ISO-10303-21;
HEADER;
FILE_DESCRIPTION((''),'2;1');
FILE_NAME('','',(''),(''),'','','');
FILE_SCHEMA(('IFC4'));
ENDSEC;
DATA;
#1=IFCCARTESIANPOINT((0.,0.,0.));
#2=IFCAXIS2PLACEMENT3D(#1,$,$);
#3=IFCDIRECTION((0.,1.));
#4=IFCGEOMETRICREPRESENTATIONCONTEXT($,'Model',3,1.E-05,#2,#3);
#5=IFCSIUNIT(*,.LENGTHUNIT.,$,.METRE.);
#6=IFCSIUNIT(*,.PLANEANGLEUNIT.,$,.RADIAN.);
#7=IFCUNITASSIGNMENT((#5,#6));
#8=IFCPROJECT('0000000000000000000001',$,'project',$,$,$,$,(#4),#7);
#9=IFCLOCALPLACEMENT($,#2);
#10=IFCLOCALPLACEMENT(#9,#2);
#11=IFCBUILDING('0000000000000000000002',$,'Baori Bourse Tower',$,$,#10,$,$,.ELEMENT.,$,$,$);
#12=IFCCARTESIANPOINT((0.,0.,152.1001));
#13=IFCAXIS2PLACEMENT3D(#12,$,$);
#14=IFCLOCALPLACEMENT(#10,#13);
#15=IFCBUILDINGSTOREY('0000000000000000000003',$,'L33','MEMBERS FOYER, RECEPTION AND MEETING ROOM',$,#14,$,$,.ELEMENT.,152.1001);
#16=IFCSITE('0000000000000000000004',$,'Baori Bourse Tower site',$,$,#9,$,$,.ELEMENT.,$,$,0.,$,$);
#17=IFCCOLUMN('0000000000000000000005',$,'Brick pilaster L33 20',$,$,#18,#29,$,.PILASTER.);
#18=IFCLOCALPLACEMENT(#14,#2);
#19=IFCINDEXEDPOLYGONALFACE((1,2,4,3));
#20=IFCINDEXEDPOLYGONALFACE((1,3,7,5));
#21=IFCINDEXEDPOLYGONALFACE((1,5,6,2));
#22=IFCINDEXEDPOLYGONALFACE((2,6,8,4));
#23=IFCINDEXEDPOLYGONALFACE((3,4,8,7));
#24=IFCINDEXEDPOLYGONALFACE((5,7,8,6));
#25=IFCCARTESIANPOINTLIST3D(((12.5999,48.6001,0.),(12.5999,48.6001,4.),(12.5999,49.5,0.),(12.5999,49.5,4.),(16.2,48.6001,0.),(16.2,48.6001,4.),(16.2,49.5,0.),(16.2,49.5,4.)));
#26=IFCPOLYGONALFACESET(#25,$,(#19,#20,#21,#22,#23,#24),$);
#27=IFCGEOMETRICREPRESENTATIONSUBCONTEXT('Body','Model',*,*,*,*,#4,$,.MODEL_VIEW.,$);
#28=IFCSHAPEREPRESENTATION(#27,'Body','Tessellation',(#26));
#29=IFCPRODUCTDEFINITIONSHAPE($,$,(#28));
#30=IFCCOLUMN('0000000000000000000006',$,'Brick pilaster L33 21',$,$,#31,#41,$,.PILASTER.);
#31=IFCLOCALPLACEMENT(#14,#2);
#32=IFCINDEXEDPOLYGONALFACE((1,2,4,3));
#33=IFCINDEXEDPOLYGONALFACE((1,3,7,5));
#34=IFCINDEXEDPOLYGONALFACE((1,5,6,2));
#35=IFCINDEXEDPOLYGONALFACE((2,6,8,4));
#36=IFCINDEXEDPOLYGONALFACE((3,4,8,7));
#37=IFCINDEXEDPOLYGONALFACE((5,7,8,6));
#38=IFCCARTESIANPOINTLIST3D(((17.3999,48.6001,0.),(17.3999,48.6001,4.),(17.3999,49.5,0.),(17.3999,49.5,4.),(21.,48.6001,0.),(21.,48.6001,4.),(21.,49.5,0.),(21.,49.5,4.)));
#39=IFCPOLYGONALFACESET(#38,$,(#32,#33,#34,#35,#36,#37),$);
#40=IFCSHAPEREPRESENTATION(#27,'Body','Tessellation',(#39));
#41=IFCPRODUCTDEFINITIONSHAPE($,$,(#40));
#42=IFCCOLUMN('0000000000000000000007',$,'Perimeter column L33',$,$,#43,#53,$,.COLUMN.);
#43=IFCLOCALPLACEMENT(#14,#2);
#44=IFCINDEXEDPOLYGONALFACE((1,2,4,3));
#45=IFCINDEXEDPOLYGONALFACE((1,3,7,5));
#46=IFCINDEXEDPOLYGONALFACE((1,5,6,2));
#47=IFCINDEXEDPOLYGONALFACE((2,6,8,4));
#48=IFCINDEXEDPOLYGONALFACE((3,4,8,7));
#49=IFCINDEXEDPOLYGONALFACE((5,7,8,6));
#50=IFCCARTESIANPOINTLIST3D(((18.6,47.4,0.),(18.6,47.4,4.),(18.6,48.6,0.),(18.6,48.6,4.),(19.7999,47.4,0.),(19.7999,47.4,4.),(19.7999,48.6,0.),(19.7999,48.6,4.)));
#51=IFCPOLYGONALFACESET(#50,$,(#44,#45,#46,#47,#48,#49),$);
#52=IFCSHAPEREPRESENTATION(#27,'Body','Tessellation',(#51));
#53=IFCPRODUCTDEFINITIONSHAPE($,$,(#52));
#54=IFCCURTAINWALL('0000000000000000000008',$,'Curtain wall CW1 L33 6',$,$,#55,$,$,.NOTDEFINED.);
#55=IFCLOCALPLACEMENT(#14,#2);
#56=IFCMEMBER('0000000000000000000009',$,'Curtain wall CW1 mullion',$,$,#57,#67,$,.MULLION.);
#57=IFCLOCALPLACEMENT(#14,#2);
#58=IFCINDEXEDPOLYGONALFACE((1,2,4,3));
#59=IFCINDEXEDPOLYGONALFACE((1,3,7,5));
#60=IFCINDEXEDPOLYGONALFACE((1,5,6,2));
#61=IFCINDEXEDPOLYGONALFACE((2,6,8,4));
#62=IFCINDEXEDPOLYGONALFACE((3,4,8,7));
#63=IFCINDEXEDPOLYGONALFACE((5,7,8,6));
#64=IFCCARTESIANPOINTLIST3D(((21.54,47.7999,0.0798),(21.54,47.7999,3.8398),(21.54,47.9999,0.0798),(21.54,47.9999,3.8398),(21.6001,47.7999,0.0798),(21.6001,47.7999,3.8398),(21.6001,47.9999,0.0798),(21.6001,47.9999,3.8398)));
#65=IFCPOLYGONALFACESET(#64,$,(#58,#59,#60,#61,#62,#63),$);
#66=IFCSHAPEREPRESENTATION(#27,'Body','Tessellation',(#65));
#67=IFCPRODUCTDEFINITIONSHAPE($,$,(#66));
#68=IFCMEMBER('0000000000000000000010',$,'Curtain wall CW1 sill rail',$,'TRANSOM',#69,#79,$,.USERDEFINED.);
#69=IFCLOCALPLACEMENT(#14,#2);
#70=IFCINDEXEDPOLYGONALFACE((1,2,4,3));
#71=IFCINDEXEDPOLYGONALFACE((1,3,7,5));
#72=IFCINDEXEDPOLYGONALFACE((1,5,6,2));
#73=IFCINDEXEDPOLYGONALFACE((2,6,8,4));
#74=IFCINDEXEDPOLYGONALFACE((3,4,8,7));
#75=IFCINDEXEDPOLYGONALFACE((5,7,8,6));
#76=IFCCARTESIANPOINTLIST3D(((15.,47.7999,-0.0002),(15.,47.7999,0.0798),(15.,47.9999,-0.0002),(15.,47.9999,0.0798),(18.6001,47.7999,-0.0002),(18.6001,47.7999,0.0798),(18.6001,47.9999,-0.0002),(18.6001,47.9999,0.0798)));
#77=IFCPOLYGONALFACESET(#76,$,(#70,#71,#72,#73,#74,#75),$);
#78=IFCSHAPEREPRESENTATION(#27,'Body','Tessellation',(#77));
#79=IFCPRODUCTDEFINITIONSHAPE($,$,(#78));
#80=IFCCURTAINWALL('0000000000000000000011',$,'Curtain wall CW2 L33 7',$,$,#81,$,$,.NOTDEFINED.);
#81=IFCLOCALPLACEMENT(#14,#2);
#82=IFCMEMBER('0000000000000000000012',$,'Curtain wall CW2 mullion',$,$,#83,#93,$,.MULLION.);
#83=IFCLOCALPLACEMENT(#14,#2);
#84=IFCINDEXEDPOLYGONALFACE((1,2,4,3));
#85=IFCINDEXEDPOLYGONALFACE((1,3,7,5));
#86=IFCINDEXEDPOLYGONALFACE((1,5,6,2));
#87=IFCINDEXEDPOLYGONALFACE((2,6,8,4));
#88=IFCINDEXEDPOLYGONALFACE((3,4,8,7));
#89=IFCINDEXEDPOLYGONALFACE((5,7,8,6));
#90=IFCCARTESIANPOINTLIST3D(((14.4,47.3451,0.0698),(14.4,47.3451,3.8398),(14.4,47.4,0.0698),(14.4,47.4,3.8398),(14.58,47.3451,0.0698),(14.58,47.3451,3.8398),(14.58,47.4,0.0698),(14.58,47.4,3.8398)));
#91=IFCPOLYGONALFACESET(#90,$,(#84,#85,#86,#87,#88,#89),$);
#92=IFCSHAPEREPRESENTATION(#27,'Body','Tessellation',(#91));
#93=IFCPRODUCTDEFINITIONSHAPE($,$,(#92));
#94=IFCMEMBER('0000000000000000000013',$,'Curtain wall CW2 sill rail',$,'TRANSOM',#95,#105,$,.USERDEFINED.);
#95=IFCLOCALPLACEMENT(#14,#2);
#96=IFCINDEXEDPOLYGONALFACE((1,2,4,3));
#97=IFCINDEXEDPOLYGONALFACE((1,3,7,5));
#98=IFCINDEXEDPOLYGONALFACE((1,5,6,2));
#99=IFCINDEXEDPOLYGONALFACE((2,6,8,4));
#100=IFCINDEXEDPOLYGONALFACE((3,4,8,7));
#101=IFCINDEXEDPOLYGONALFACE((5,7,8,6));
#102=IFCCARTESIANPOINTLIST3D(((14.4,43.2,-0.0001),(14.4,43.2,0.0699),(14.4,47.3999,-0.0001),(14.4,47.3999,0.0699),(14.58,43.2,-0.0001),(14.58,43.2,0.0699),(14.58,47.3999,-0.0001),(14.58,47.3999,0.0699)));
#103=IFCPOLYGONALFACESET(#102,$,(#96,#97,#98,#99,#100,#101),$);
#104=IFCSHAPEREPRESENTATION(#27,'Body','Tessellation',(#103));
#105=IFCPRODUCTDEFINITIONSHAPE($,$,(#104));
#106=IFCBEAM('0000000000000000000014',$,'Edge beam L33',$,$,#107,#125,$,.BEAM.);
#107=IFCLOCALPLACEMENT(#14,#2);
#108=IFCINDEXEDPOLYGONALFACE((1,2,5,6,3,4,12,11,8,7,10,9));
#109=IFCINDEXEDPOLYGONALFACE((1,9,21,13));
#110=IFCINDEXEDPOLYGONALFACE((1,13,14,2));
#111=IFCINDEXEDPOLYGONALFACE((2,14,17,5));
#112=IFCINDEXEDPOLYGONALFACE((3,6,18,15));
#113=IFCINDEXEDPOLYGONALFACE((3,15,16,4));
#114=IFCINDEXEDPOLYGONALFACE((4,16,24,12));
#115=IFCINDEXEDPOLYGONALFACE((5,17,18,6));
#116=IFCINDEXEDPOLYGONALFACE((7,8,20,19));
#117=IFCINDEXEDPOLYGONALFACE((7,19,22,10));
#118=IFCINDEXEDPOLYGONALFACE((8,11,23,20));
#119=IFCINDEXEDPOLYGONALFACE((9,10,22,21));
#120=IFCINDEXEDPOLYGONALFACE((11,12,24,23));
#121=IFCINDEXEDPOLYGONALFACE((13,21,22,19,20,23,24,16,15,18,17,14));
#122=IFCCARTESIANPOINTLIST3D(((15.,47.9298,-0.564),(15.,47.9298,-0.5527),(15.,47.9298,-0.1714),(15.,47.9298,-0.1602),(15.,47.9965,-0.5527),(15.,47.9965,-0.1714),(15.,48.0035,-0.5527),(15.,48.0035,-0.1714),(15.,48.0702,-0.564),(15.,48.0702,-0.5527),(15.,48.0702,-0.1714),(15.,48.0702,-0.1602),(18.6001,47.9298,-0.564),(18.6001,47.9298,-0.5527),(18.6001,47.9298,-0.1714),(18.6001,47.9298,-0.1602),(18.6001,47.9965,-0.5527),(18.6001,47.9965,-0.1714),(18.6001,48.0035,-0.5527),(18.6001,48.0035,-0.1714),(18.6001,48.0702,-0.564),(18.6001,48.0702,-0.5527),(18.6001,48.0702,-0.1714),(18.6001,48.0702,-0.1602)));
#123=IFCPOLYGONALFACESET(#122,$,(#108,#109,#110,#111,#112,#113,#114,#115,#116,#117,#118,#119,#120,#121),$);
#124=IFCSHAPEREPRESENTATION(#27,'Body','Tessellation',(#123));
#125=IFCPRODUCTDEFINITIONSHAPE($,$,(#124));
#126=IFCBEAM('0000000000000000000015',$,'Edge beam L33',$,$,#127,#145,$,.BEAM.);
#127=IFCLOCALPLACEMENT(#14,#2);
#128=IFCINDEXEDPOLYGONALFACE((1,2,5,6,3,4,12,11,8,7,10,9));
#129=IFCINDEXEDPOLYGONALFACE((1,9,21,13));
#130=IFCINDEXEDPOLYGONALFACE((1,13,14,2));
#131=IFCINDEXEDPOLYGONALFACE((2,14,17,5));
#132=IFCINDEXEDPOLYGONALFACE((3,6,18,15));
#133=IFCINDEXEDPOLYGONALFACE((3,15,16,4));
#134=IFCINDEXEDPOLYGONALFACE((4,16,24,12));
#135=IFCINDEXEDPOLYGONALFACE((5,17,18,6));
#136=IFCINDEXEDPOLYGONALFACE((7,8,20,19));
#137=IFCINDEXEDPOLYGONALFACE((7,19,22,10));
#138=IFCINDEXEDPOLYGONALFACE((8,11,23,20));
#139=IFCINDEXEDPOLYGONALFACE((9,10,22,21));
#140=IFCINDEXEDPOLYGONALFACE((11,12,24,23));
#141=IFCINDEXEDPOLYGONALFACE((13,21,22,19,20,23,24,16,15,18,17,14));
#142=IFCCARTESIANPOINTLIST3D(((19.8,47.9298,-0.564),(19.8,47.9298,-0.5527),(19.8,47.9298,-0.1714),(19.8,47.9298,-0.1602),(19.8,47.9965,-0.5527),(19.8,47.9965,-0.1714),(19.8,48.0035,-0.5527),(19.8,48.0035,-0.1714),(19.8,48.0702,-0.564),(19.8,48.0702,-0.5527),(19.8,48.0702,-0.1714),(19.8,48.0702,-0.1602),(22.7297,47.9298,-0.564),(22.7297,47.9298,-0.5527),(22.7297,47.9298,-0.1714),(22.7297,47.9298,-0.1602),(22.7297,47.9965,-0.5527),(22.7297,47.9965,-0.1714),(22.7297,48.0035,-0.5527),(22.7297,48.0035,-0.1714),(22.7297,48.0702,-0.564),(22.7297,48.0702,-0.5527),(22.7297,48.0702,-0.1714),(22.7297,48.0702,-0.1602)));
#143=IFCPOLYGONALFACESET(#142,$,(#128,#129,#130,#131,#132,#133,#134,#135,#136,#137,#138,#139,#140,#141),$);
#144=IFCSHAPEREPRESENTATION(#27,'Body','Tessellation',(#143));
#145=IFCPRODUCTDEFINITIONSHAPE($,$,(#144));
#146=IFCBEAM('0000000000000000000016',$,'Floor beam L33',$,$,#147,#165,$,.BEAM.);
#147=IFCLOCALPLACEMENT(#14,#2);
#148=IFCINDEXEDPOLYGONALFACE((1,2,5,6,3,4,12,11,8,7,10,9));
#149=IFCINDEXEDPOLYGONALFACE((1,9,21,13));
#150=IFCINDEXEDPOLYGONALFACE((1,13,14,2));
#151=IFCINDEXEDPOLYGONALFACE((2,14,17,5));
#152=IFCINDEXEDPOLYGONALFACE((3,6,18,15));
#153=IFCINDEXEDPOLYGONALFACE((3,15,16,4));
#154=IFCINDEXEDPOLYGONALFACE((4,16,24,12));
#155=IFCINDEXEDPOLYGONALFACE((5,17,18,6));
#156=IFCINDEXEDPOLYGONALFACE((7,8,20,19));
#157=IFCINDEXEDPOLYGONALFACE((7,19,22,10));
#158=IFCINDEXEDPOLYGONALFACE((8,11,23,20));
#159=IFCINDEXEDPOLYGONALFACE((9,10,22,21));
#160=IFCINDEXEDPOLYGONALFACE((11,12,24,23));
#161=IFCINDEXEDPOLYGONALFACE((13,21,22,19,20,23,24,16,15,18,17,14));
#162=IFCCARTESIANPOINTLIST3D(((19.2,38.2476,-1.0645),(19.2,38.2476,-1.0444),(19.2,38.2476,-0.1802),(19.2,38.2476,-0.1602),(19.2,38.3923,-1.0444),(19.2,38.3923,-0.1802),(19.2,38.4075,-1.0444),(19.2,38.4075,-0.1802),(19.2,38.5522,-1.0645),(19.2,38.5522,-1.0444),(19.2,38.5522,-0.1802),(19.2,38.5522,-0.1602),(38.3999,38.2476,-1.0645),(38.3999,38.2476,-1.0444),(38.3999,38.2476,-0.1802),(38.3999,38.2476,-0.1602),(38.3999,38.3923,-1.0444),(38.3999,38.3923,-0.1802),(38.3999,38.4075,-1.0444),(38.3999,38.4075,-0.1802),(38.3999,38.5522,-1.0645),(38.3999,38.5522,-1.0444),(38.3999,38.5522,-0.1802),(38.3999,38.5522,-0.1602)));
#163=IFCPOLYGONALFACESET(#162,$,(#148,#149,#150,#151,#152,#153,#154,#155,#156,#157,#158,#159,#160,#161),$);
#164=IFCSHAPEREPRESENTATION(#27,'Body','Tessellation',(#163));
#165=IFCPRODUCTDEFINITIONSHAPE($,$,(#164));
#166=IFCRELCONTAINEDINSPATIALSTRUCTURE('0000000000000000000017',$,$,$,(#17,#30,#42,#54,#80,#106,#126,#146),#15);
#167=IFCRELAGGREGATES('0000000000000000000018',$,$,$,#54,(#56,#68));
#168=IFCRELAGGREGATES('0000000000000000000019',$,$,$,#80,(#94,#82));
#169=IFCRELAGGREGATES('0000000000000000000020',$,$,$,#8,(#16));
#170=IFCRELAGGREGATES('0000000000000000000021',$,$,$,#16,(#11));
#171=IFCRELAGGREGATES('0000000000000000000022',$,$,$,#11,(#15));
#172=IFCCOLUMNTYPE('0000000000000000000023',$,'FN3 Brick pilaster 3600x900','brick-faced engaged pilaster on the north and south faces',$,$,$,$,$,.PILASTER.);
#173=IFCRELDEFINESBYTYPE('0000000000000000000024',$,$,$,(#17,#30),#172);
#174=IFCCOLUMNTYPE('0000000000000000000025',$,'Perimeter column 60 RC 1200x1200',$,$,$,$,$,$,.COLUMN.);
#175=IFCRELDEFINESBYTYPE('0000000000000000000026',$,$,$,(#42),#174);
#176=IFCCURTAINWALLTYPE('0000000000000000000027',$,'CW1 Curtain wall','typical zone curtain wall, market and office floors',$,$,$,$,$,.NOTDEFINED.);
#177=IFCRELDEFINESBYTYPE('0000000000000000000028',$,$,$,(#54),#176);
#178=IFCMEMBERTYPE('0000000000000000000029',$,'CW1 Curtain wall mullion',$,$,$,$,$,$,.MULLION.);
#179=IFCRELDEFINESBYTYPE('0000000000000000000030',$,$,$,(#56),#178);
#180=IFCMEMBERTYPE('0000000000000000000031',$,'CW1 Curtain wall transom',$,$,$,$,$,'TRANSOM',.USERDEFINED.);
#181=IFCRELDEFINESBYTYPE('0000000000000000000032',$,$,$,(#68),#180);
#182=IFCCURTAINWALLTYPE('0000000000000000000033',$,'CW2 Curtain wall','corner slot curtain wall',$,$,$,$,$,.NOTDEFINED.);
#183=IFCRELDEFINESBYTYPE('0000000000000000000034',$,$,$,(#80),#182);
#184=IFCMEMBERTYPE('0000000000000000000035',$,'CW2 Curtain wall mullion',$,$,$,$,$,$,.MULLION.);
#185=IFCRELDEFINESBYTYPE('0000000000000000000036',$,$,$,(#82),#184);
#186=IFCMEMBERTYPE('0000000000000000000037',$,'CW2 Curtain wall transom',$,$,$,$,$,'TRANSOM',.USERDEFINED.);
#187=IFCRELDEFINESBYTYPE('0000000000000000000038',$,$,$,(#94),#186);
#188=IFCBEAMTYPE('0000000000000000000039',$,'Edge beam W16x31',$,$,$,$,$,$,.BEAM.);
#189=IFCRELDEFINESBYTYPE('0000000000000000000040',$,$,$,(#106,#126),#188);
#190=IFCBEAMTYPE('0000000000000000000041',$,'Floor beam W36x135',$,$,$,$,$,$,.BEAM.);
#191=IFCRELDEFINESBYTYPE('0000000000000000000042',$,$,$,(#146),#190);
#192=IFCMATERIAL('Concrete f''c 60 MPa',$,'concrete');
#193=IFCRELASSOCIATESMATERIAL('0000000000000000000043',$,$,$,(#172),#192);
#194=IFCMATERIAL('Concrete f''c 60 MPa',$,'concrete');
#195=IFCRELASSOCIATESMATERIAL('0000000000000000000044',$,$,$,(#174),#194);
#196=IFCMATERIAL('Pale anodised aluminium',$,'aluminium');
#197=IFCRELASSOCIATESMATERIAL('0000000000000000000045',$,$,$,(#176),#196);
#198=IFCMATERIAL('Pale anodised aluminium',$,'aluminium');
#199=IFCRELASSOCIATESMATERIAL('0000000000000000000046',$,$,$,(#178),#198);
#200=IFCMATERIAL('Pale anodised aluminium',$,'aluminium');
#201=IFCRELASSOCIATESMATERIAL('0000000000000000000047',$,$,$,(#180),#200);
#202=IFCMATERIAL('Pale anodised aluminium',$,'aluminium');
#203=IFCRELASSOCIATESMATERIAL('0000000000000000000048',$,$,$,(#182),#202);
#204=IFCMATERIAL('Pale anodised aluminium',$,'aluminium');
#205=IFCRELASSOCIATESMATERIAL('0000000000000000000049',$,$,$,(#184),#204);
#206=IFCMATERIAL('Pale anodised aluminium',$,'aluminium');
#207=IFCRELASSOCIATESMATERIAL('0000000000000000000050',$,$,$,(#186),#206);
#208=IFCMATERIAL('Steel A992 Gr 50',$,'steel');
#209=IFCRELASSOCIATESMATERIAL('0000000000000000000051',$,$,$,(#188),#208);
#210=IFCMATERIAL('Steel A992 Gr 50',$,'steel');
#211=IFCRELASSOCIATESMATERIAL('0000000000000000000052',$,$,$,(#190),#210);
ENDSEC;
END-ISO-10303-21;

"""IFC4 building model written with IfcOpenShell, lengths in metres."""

from ifc_helpers import new_model, si_unit, direction, frame, origin, origin_2d, place, context, subcontext, project, spatial, rectangle, i_section, extrude, material, material_profile, profile_set, type_object, element, aggregate, save


model = new_model("IFC4")

# Units and contexts
model_context = context("Model", 3, precision=1e-05, world=origin(), true_north=direction((0.0, 1.0)))
body_context = subcontext(model_context, "Body", "Model", "MODEL_VIEW")
ifc_project = project(units=[si_unit("LENGTHUNIT", "METRE"), si_unit("PLANEANGLEUNIT", "RADIAN")], contexts=[model_context])

# Site, building, storey
site_placement = place(None, origin())
site = spatial("IfcSite", under=ifc_project, at=site_placement, Name="Baori Bourse Tower site", CompositionType="ELEMENT", RefElevation=0.0)
building_placement = place(site_placement, origin())
building = spatial("IfcBuilding", under=site, at=building_placement, Name="Baori Bourse Tower", CompositionType="ELEMENT")
storey_placement = place(building_placement, frame((0.0, 0.0, 152.1001)))
storey = spatial("IfcBuildingStorey", under=building, at=storey_placement, Name="L33", Description="MEMBERS FOYER, RECEPTION AND MEETING ROOM", CompositionType="ELEMENT", Elevation=152.1001)

# Columns
ifc_material_1 = material(Name="Concrete f'c 60 MPa", Category="concrete")
ifc_material_profile_1 = material_profile(ifc_material_1, rectangle(XDim=3.6001, YDim=0.8999, at=origin_2d()), Name="RC 3600x900")
ifc_profile_set_1 = profile_set([ifc_material_profile_1], Name="Concrete f'c 60 MPa")
column_type_1 = type_object("IfcColumnType", Name="FN3 Brick pilaster 3600x900", Description="brick-faced engaged pilaster on the north and south faces", PredefinedType="PILASTER", material=ifc_profile_set_1)
for number, where, z_axis, x_axis, name in (
    (1, (14.3999, 49.05, 0.0), (0.0, 0.0, 1.0), (1.0, 0.0, 0.0), "Brick pilaster L33 20"),
    (2, (19.2, 49.05, 0.0), (0.0, 0.0, 1.0), (1.0, 0.0, 0.0), "Brick pilaster L33 21"),
):
    element("IfcColumn", number, at=place(storey_placement, frame(where, z_axis=z_axis, x_axis=x_axis)), inside=storey, type_object=column_type_1, Name=name, PredefinedType="PILASTER", context=body_context, shape_type="SweptSolid", body=[
        extrude(rectangle(XDim=3.6001, YDim=0.8999, at=origin_2d()), origin(), (0.0, 0.0, 1.0), 4.0),
    ])
ifc_material_2 = material(Name="Concrete f'c 60 MPa", Category="concrete")
ifc_material_profile_2 = material_profile(ifc_material_2, rectangle(XDim=1.2, YDim=1.2, at=origin_2d()), Name="RC 1200x1200")
ifc_profile_set_2 = profile_set([ifc_material_profile_2], Name="Concrete f'c 60 MPa")
column_type_2 = type_object("IfcColumnType", Name="Perimeter column 60 RC 1200x1200", PredefinedType="COLUMN", material=ifc_profile_set_2)
column_placement = place(storey_placement, frame((19.2, 48.0, 0.0), z_axis=(0.0, 0.0, 1.0), x_axis=(1.0, 0.0, 0.0)))
element("IfcColumn", 3, at=column_placement, inside=storey, type_object=column_type_2, Name="Perimeter column L33", PredefinedType="COLUMN", context=body_context, shape_type="SweptSolid", body=[
    extrude(rectangle(XDim=1.2, YDim=1.2, at=origin_2d()), origin(), (0.0, 0.0, 1.0), 4.0),
])

# Curtain walls, members
ifc_material_3 = material(Name="Pale anodised aluminium", Category="aluminium")
curtain_wall_type_1 = type_object("IfcCurtainWallType", Name="CW1 Curtain wall", Description="typical zone curtain wall, market and office floors", PredefinedType="NOTDEFINED", material=ifc_material_3)
curtain_wall_1_placement = place(storey_placement, origin())
curtain_wall_1 = element("IfcCurtainWall", 4, at=curtain_wall_1_placement, inside=storey, type_object=curtain_wall_type_1, Name="Curtain wall CW1 L33 6", PredefinedType="NOTDEFINED")
ifc_material_4 = material(Name="Pale anodised aluminium", Category="aluminium")
ifc_material_profile_3 = material_profile(ifc_material_4, rectangle(XDim=0.2, YDim=0.0601, at=origin_2d()), Name="Mullion 60x200")
ifc_profile_set_3 = profile_set([ifc_material_profile_3], Name="Pale anodised aluminium")
member_type_1 = type_object("IfcMemberType", Name="CW1 Curtain wall mullion", PredefinedType="MULLION", material=ifc_profile_set_3)
member_1_placement = place(storey_placement, frame((21.5701, 47.8999, 0.0798), z_axis=(0.0, 0.0, 1.0), x_axis=(0.0, -1.0, 0.0)))
member_1 = element("IfcMember", 5, at=member_1_placement, type_object=member_type_1, Name="Curtain wall CW1 mullion", PredefinedType="MULLION", context=body_context, shape_type="SweptSolid", body=[
    extrude(rectangle(XDim=0.2, YDim=0.0601, at=origin_2d()), origin(), (0.0, 0.0, 1.0), 3.76),
])
ifc_material_5 = material(Name="Pale anodised aluminium", Category="aluminium")
ifc_material_profile_4 = material_profile(ifc_material_5, rectangle(XDim=0.2, YDim=0.0801, at=origin_2d()), Name="Transom 80x200")
ifc_profile_set_4 = profile_set([ifc_material_profile_4], Name="Pale anodised aluminium")
member_type_2 = type_object("IfcMemberType", Name="CW1 Curtain wall transom", ElementType="TRANSOM", PredefinedType="USERDEFINED", material=ifc_profile_set_4)
member_2_placement = place(storey_placement, frame((18.6001, 47.8999, 0.0398), z_axis=(-1.0, 0.0, 0.0), x_axis=(0.0, -1.0, 0.0)))
member_2 = element("IfcMember", 6, at=member_2_placement, type_object=member_type_2, Name="Curtain wall CW1 sill rail", ObjectType="TRANSOM", PredefinedType="USERDEFINED", context=body_context, shape_type="SweptSolid", body=[
    extrude(rectangle(XDim=0.2, YDim=0.0801, at=origin_2d()), origin(), (0.0, 0.0, 1.0), 3.6001),
])
ifc_material_6 = material(Name="Pale anodised aluminium", Category="aluminium")
curtain_wall_type_2 = type_object("IfcCurtainWallType", Name="CW2 Curtain wall", Description="corner slot curtain wall", PredefinedType="NOTDEFINED", material=ifc_material_6)
curtain_wall_2_placement = place(storey_placement, origin())
curtain_wall_2 = element("IfcCurtainWall", 7, at=curtain_wall_2_placement, inside=storey, type_object=curtain_wall_type_2, Name="Curtain wall CW2 L33 7", PredefinedType="NOTDEFINED")
ifc_material_7 = material(Name="Pale anodised aluminium", Category="aluminium")
ifc_material_profile_5 = material_profile(ifc_material_7, rectangle(XDim=0.1799, YDim=0.0549, at=origin_2d()), Name="Mullion 55x180")
ifc_profile_set_5 = profile_set([ifc_material_profile_5], Name="Pale anodised aluminium")
member_type_3 = type_object("IfcMemberType", Name="CW2 Curtain wall mullion", PredefinedType="MULLION", material=ifc_profile_set_5)
member_3_placement = place(storey_placement, frame((14.49, 47.3726, 0.0698), z_axis=(0.0, 0.0, 1.0), x_axis=(1.0, 0.0, 0.0)))
member_3 = element("IfcMember", 8, at=member_3_placement, type_object=member_type_3, Name="Curtain wall CW2 mullion", PredefinedType="MULLION", context=body_context, shape_type="SweptSolid", body=[
    extrude(rectangle(XDim=0.1799, YDim=0.0549, at=origin_2d()), origin(), (0.0, 0.0, 1.0), 3.77),
])
ifc_material_8 = material(Name="Pale anodised aluminium", Category="aluminium")
ifc_material_profile_6 = material_profile(ifc_material_8, rectangle(XDim=0.1799, YDim=0.0701, at=origin_2d()), Name="Transom 70x180")
ifc_profile_set_6 = profile_set([ifc_material_profile_6], Name="Pale anodised aluminium")
member_type_4 = type_object("IfcMemberType", Name="CW2 Curtain wall transom", ElementType="TRANSOM", PredefinedType="USERDEFINED", material=ifc_profile_set_6)
member_4_placement = place(storey_placement, frame((14.49, 47.3999, 0.0349), z_axis=(0.0, -1.0, 0.0), x_axis=(1.0, 0.0, 0.0)))
member_4 = element("IfcMember", 9, at=member_4_placement, type_object=member_type_4, Name="Curtain wall CW2 sill rail", ObjectType="TRANSOM", PredefinedType="USERDEFINED", context=body_context, shape_type="SweptSolid", body=[
    extrude(rectangle(XDim=0.1799, YDim=0.0701, at=origin_2d()), origin(), (0.0, 0.0, 1.0), 4.2),
])

# Beams
ifc_material_9 = material(Name="Steel A992 Gr 50", Category="steel")
ifc_material_profile_7 = material_profile(ifc_material_9, i_section(OverallWidth=0.1404, OverallDepth=0.4038, WebThickness=0.0071, FlangeThickness=0.0112, at=origin_2d()), Name="W16x31")
ifc_profile_set_7 = profile_set([ifc_material_profile_7], Name="Steel A992 Gr 50")
beam_type_1 = type_object("IfcBeamType", Name="Edge beam W16x31", PredefinedType="BEAM", material=ifc_profile_set_7)
beam_1_placement = place(storey_placement, frame((15.0, 48.0, -0.3621), z_axis=(1.0, 0.0, 0.0), x_axis=(0.0, 1.0, 0.0)))
element("IfcBeam", 10, at=beam_1_placement, inside=storey, type_object=beam_type_1, Name="Edge beam L33", PredefinedType="BEAM", context=body_context, shape_type="SweptSolid", body=[
    extrude(i_section(OverallWidth=0.1404, OverallDepth=0.4038, WebThickness=0.0071, FlangeThickness=0.0112, at=origin_2d()), origin(), (0.0, 0.0, 1.0), 3.6001),
])
beam_2_placement = place(storey_placement, frame((19.8, 48.0, -0.3621), z_axis=(1.0, 0.0, 0.0), x_axis=(0.0, 1.0, 0.0)))
element("IfcBeam", 11, at=beam_2_placement, inside=storey, type_object=beam_type_1, Name="Edge beam L33", PredefinedType="BEAM", context=body_context, shape_type="SweptSolid", body=[
    extrude(i_section(OverallWidth=0.1404, OverallDepth=0.4038, WebThickness=0.0071, FlangeThickness=0.0112, at=origin_2d()), origin(), (0.0, 0.0, 1.0), 2.9297),
])
ifc_material_10 = material(Name="Steel A992 Gr 50", Category="steel")
ifc_material_profile_8 = material_profile(ifc_material_10, i_section(OverallWidth=0.3047, OverallDepth=0.9043, WebThickness=0.0151, FlangeThickness=0.02, at=origin_2d()), Name="W36x135")
ifc_profile_set_8 = profile_set([ifc_material_profile_8], Name="Steel A992 Gr 50")
beam_type_2 = type_object("IfcBeamType", Name="Floor beam W36x135", PredefinedType="BEAM", material=ifc_profile_set_8)
beam_3_placement = place(storey_placement, frame((19.2, 38.3999, -0.6123), z_axis=(1.0, 0.0, 0.0), x_axis=(0.0, 1.0, 0.0)))
element("IfcBeam", 12, at=beam_3_placement, inside=storey, type_object=beam_type_2, Name="Floor beam L33", PredefinedType="BEAM", context=body_context, shape_type="SweptSolid", body=[
    extrude(i_section(OverallWidth=0.3047, OverallDepth=0.9043, WebThickness=0.0151, FlangeThickness=0.02, at=origin_2d()), origin(), (0.0, 0.0, 1.0), 19.2),
])

aggregate(curtain_wall_1, [member_1, member_2])
aggregate(curtain_wall_2, [member_4, member_3])

save(model, "model.ifc")
